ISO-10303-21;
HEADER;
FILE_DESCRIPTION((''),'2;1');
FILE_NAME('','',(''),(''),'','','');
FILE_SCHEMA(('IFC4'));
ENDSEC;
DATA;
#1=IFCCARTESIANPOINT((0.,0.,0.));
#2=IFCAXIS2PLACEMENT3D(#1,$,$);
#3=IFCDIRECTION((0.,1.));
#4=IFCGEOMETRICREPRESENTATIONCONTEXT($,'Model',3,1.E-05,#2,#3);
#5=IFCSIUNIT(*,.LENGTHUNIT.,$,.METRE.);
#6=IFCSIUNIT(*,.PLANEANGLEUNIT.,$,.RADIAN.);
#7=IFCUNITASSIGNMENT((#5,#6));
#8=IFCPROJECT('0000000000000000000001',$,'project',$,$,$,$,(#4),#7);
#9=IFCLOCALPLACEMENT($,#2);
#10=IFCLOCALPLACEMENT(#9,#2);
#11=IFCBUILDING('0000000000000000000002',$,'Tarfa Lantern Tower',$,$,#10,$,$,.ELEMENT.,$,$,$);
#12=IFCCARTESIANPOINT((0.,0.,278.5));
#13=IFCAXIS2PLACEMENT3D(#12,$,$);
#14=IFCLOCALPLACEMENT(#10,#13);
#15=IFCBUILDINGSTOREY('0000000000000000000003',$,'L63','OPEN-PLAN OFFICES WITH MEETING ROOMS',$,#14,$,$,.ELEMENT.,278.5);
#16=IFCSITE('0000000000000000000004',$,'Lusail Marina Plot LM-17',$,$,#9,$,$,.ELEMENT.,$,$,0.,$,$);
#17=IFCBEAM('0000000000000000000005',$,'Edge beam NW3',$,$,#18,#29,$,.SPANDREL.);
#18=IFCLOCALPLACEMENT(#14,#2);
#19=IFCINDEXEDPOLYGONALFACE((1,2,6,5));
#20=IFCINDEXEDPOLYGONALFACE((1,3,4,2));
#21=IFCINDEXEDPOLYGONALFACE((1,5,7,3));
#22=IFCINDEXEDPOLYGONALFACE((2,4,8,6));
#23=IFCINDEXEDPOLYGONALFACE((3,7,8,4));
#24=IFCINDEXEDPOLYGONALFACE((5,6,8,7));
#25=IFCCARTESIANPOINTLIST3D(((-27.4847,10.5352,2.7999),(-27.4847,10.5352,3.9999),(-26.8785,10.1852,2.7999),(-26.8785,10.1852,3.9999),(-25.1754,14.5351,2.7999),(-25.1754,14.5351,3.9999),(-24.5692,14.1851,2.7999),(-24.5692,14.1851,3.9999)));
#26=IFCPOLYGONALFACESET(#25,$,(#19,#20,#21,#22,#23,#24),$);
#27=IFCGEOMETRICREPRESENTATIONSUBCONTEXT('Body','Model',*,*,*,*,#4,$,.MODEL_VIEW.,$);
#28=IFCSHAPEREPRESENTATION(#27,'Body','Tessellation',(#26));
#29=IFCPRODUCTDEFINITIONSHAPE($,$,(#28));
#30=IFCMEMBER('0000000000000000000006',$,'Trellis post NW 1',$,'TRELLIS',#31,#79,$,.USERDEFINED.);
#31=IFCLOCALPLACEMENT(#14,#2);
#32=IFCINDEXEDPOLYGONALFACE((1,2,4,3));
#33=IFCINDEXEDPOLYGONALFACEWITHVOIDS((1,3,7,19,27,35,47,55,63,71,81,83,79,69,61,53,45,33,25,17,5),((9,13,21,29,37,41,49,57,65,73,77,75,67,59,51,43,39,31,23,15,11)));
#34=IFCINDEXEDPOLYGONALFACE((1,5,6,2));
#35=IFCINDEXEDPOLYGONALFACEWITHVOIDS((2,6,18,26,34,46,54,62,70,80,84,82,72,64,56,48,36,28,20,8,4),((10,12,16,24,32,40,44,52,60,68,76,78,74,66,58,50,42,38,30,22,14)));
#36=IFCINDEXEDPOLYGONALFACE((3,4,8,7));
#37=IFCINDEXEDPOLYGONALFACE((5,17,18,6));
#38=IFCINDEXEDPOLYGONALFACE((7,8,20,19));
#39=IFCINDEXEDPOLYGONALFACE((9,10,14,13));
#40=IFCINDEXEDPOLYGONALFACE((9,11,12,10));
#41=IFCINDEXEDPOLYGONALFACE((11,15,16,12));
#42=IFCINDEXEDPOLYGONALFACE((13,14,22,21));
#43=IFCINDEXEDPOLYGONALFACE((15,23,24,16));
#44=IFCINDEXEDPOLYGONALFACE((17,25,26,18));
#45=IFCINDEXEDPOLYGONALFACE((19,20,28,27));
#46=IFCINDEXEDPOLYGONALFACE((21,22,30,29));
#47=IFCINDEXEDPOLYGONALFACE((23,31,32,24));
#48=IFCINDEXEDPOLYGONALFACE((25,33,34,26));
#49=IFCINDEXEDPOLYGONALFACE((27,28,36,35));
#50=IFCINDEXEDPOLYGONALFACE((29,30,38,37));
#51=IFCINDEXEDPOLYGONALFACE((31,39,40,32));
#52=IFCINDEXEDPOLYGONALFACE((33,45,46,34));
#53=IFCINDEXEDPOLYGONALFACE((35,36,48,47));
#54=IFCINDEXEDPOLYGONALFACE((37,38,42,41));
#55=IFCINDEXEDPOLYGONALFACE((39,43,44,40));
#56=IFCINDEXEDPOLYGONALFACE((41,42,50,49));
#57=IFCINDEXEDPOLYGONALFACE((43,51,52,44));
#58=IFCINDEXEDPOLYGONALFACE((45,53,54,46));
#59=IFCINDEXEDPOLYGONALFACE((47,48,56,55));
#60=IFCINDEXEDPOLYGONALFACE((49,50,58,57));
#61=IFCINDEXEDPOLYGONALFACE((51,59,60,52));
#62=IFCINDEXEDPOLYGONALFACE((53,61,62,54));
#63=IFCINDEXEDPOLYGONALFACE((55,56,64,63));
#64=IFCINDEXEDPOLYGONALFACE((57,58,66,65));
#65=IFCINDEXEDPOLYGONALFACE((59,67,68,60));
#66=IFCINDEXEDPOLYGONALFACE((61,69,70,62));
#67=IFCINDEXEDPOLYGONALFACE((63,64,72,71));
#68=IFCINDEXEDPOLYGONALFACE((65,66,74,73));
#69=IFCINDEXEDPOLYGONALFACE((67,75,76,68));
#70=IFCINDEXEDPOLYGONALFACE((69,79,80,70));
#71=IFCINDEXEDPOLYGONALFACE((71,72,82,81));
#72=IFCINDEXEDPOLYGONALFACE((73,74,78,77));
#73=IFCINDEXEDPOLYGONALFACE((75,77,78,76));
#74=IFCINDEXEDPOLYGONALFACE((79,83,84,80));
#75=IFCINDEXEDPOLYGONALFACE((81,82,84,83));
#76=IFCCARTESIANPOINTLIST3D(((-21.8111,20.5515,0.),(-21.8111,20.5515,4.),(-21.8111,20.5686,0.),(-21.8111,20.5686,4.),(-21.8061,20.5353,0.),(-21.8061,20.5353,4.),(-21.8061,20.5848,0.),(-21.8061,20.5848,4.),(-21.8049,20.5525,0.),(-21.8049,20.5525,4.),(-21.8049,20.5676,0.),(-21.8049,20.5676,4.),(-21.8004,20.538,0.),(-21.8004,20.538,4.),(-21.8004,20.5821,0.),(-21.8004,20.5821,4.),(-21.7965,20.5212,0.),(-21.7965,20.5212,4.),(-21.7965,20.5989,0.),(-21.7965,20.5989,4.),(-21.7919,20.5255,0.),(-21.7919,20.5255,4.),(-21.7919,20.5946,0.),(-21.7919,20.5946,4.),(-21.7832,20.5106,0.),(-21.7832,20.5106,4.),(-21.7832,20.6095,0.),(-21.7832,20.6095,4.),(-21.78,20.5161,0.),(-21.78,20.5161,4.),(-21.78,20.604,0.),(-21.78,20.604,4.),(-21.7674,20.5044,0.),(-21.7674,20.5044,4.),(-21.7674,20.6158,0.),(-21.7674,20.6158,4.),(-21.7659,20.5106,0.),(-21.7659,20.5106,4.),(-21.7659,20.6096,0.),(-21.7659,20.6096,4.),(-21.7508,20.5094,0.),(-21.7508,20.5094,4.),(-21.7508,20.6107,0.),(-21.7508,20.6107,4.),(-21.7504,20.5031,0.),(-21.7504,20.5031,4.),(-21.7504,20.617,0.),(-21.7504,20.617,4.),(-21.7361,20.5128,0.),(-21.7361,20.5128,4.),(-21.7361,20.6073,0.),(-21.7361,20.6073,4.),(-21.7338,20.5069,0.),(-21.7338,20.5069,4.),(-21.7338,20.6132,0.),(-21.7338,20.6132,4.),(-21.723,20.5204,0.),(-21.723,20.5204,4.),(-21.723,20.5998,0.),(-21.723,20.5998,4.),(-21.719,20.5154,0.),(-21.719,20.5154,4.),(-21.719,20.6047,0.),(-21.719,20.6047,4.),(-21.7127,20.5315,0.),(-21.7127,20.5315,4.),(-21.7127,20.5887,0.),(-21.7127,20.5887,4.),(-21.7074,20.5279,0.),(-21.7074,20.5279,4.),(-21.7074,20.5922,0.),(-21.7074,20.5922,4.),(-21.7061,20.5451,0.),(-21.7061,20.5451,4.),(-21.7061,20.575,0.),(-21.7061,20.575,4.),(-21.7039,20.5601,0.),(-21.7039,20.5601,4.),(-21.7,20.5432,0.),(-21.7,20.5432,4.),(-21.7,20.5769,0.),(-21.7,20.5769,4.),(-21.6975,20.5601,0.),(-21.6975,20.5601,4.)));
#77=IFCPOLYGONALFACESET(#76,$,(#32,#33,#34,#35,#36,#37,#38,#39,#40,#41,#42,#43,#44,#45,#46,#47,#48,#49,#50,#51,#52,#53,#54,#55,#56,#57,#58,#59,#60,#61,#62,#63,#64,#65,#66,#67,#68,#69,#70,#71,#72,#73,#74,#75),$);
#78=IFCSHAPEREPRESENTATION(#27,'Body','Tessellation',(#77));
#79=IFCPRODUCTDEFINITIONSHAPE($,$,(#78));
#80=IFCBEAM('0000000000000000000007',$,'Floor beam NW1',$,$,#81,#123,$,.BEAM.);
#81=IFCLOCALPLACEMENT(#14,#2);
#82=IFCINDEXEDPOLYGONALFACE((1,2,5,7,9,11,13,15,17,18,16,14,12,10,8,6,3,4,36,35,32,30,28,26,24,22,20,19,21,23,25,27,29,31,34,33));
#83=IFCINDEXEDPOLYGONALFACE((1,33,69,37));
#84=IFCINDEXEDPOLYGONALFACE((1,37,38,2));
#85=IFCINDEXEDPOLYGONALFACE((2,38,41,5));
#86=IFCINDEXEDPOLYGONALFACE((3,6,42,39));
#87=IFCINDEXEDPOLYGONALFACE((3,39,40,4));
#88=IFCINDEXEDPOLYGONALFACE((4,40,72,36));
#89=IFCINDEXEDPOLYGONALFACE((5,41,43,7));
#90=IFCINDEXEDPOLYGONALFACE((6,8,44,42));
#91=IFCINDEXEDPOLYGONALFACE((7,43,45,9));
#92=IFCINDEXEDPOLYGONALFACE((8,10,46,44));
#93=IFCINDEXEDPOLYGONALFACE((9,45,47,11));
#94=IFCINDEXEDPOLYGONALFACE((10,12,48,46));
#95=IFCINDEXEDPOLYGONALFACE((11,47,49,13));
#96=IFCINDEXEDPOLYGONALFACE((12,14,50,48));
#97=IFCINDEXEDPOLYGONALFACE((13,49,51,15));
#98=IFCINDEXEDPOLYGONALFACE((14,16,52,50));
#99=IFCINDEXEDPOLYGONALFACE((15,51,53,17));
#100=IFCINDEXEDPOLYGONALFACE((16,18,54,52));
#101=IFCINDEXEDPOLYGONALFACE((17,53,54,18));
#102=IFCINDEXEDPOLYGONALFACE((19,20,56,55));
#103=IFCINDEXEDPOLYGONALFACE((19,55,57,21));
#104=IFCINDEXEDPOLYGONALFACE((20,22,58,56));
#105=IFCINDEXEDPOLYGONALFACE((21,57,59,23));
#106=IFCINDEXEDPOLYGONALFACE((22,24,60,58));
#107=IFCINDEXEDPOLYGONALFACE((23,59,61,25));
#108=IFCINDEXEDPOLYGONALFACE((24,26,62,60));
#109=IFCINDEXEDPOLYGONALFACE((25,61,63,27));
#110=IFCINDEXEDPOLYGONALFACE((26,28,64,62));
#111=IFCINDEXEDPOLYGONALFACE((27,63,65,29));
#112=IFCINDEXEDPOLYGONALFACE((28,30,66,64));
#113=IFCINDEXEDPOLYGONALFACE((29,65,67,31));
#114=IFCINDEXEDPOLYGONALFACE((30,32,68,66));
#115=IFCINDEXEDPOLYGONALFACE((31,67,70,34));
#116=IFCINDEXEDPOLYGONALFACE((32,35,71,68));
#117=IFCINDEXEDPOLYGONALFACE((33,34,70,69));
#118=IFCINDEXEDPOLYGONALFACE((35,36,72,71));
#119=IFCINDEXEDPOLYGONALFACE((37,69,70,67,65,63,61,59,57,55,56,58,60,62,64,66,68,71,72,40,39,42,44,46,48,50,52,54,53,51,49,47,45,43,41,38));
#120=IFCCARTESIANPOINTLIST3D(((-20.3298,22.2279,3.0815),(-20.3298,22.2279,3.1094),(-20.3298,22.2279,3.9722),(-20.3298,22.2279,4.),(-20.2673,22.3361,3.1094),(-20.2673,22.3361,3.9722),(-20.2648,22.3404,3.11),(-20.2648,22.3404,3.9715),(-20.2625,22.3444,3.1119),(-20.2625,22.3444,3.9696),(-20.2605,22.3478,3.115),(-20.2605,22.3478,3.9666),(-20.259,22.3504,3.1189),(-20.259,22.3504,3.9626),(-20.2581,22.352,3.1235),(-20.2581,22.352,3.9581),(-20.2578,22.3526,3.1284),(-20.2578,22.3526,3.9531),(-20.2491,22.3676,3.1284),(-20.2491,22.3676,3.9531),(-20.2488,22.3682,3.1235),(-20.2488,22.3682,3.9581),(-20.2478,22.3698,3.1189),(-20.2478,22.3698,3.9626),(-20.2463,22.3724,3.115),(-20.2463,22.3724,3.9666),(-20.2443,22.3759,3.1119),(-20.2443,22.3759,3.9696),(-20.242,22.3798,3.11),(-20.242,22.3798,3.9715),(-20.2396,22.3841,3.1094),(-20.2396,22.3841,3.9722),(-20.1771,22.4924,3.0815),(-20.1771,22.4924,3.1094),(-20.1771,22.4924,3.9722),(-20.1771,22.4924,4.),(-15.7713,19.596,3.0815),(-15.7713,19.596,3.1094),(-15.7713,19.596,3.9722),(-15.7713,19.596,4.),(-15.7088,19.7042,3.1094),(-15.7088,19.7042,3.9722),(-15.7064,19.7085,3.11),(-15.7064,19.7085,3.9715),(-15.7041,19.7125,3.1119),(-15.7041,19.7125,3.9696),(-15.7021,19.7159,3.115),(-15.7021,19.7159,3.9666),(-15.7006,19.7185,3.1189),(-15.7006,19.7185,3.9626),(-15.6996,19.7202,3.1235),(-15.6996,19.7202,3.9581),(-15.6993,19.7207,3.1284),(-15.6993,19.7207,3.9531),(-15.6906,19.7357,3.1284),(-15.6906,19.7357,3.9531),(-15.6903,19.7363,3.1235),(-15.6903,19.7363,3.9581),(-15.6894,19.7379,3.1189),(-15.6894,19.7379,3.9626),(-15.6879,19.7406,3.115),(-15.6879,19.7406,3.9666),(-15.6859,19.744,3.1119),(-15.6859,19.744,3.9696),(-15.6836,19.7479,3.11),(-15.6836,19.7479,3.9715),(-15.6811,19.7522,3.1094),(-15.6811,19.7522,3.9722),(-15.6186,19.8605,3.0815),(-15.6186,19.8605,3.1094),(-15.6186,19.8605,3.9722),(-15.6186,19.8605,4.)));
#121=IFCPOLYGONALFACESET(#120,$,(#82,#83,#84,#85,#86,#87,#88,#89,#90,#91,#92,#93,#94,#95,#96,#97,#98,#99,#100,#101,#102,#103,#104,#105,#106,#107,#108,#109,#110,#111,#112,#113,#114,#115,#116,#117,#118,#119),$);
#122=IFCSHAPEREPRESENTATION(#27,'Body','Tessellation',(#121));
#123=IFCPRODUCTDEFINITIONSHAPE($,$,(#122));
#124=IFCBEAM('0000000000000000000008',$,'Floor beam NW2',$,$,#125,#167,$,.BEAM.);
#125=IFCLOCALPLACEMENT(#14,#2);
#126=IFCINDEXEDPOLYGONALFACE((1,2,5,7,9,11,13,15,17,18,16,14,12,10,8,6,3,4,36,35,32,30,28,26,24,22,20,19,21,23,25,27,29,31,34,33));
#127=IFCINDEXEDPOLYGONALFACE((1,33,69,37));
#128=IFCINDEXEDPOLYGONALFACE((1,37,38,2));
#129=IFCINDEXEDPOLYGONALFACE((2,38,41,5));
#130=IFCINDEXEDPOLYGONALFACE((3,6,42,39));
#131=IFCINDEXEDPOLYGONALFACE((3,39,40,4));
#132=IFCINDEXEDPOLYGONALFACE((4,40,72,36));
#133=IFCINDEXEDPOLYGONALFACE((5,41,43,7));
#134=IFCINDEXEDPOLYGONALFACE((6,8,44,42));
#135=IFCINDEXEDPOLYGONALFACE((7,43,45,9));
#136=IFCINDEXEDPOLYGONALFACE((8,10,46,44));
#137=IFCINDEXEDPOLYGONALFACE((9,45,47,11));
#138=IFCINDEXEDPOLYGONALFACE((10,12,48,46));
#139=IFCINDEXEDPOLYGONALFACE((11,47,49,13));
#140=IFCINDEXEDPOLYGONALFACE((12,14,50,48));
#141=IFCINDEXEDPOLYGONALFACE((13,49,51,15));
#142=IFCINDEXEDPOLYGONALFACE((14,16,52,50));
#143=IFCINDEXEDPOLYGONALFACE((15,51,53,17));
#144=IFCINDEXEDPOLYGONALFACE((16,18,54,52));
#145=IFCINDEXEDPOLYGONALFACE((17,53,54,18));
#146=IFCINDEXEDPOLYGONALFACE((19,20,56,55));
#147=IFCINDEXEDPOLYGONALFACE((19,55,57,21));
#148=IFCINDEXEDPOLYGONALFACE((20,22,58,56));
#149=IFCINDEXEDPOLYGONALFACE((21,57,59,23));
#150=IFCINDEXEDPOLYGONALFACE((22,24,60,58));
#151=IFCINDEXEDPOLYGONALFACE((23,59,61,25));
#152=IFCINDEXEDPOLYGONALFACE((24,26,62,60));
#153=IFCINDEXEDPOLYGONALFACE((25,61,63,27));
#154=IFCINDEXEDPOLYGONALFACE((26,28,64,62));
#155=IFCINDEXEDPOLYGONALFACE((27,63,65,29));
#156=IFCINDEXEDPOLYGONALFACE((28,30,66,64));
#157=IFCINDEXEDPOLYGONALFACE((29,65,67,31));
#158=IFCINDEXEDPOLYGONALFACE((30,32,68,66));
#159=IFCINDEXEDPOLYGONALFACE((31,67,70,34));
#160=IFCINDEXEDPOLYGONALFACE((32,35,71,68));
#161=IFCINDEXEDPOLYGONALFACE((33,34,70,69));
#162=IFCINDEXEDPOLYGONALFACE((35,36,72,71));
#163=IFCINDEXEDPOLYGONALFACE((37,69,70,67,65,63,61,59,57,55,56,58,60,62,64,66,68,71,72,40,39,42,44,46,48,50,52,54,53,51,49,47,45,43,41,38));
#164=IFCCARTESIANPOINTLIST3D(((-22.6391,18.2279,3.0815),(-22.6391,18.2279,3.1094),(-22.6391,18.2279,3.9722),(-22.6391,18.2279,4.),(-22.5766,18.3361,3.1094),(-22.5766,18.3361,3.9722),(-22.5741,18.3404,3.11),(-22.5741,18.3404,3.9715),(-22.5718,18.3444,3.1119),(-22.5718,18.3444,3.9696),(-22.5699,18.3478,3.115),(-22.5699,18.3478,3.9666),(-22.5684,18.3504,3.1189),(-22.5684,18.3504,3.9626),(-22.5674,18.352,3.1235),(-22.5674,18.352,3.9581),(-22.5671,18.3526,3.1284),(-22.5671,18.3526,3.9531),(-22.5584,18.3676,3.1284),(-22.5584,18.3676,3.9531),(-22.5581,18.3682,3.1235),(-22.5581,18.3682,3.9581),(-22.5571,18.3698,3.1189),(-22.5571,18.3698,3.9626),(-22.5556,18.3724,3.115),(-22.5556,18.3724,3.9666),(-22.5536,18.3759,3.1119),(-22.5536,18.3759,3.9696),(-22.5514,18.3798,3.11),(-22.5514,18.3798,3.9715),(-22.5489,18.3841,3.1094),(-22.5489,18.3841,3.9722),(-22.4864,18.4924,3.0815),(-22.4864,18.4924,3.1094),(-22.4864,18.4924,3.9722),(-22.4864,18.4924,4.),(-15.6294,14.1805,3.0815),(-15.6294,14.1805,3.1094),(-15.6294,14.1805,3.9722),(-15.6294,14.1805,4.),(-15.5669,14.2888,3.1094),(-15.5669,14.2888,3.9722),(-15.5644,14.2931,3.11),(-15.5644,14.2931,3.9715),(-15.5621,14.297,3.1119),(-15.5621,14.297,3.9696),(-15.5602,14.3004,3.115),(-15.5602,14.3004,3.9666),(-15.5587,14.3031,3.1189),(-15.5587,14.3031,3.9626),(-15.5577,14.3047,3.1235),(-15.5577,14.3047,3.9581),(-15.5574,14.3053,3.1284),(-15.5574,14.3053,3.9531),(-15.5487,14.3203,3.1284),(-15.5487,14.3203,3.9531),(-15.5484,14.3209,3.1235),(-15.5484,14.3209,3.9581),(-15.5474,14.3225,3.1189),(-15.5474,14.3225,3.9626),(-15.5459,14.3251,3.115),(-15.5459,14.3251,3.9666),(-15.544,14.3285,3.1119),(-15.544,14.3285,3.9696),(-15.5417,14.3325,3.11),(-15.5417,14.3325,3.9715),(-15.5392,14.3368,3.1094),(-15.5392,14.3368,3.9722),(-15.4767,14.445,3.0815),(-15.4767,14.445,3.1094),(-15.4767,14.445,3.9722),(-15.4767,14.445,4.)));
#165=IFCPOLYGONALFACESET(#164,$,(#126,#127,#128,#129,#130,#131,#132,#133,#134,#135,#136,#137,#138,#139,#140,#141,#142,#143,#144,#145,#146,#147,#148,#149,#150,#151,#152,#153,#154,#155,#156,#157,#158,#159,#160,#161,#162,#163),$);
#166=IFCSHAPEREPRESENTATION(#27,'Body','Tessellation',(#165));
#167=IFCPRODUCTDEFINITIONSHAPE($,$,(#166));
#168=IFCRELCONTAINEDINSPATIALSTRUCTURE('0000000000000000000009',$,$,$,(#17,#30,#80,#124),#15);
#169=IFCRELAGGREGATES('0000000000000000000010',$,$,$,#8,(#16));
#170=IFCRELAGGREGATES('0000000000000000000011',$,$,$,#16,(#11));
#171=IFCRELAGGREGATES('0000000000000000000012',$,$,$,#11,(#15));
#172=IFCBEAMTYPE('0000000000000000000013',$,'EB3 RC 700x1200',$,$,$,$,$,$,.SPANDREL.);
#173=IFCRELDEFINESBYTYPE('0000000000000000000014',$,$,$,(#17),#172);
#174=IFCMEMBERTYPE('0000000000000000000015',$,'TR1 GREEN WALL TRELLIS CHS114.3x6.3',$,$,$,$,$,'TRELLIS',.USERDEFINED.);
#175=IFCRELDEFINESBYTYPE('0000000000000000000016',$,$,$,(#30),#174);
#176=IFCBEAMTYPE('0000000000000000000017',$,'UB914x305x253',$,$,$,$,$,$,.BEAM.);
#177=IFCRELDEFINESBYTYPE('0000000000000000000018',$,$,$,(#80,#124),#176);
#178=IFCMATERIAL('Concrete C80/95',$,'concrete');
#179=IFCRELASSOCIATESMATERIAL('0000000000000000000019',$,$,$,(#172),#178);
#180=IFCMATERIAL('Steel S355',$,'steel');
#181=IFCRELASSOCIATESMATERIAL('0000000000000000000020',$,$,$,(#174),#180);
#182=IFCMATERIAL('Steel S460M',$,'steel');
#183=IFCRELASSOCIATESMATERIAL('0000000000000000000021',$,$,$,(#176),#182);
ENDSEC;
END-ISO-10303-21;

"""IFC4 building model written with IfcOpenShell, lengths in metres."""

from ifc_helpers import new_model, si_unit, direction, frame, origin, origin_2d, place, context, subcontext, project, spatial, rectangle, hollow_circle, i_section, extrude, material, material_profile, profile_set, type_object, element, save


model = new_model("IFC4")

# Units and contexts
model_context = context("Model", 3, precision=1e-05, world=origin(), true_north=direction((0.0, 1.0)))
body_context = subcontext(model_context, "Body", "Model", "MODEL_VIEW")
ifc_project = project(units=[si_unit("LENGTHUNIT", "METRE"), si_unit("PLANEANGLEUNIT", "RADIAN")], contexts=[model_context])

# Site, building, storey
site_placement = place(None, origin())
site = spatial("IfcSite", under=ifc_project, at=site_placement, Name="Lusail Marina Plot LM-17", CompositionType="ELEMENT", RefElevation=0.0)
building_placement = place(site_placement, origin())
building = spatial("IfcBuilding", under=site, at=building_placement, Name="Tarfa Lantern Tower", CompositionType="ELEMENT")
storey_placement = place(building_placement, frame((0.0, 0.0, 278.5)))
storey = spatial("IfcBuildingStorey", under=building, at=storey_placement, Name="L63", Description="OPEN-PLAN OFFICES WITH MEETING ROOMS", CompositionType="ELEMENT", Elevation=278.5)

# Shared definitions
ifc_material_1 = material(Name="Concrete C80/95", Category="concrete")

# Beam
ifc_material_profile_1 = material_profile(ifc_material_1, rectangle(XDim=0.7, YDim=1.2, at=origin_2d()), Name="RC 700x1200")
ifc_profile_set_1 = profile_set([ifc_material_profile_1], Name="Concrete C80/95")
beam_type_1 = type_object("IfcBeamType", Name="EB3 RC 700x1200", PredefinedType="SPANDREL", material=ifc_profile_set_1)
beam_1_placement = place(storey_placement, frame((-24.8723, 14.3601, 3.3999), z_axis=(-0.499988, -0.866032, 0.0), x_axis=(0.866032, -0.499988, 0.0)))
element("IfcBeam", 1, at=beam_1_placement, inside=storey, type_object=beam_type_1, Name="Edge beam NW3", PredefinedType="SPANDREL", context=body_context, shape_type="SweptSolid", body=[
    extrude(rectangle(XDim=0.7, YDim=1.2, at=origin_2d()), origin(), (0.0, 0.0, 1.0), 4.6187),
])

# Member
ifc_material_2 = material(Name="Steel S355", Category="steel")
ifc_material_profile_2 = material_profile(ifc_material_2, hollow_circle(Radius=0.0571, WallThickness=0.0063, at=origin_2d()), Name="CHS114.3x6.3")
ifc_profile_set_2 = profile_set([ifc_material_profile_2], Name="Steel S355")
member_type_1 = type_object("IfcMemberType", Name="TR1 GREEN WALL TRELLIS CHS114.3x6.3", ElementType="TRELLIS", PredefinedType="USERDEFINED", material=ifc_profile_set_2)
member_1_placement = place(storey_placement, frame((-21.7546, 20.5601, 0.0), z_axis=(0.0, 0.0, 1.0), x_axis=(1.0, 0.0, 0.0)))
element("IfcMember", 2, at=member_1_placement, inside=storey, type_object=member_type_1, Name="Trellis post NW 1", ObjectType="TRELLIS", PredefinedType="USERDEFINED", context=body_context, shape_type="SweptSolid", body=[
    extrude(hollow_circle(Radius=0.0571, WallThickness=0.0063, at=origin_2d()), origin(), (0.0, 0.0, 1.0), 4.0),
])

# Beams
ifc_material_3 = material(Name="Steel S460M", Category="steel")
ifc_material_profile_3 = material_profile(ifc_material_3, i_section(OverallWidth=0.3054, OverallDepth=0.9185, WebThickness=0.0173, FlangeThickness=0.0278, FilletRadius=0.019, at=origin_2d()), Name="UB914x305x253")
ifc_profile_set_3 = profile_set([ifc_material_profile_3], Name="Steel S460M")
beam_type_2 = type_object("IfcBeamType", Name="UB914x305x253", PredefinedType="BEAM", material=ifc_profile_set_3)
beam_2_placement = place(storey_placement, frame((-20.2534, 22.3601, 3.5408), z_axis=(0.86602, -0.50001, 0.0), x_axis=(0.50001, 0.86602, 0.0)))
element("IfcBeam", 3, at=beam_2_placement, inside=storey, type_object=beam_type_2, Name="Floor beam NW1", PredefinedType="BEAM", context=body_context, shape_type="SweptSolid", body=[
    extrude(i_section(OverallWidth=0.3054, OverallDepth=0.9185, WebThickness=0.0173, FlangeThickness=0.0278, FilletRadius=0.019, at=origin_2d()), origin(), (0.0, 0.0, 1.0), 5.2637),
])
beam_3_placement = place(storey_placement, frame((-22.5627, 18.3601, 3.5408), z_axis=(0.866011, -0.500025, 0.0), x_axis=(0.500025, 0.866011, 0.0)))
element("IfcBeam", 4, at=beam_3_placement, inside=storey, type_object=beam_type_2, Name="Floor beam NW2", PredefinedType="BEAM", context=body_context, shape_type="SweptSolid", body=[
    extrude(i_section(OverallWidth=0.3054, OverallDepth=0.9185, WebThickness=0.0173, FlangeThickness=0.0278, FilletRadius=0.019, at=origin_2d()), origin(), (0.0, 0.0, 1.0), 8.0942),
])

save(model, "model.ifc")
